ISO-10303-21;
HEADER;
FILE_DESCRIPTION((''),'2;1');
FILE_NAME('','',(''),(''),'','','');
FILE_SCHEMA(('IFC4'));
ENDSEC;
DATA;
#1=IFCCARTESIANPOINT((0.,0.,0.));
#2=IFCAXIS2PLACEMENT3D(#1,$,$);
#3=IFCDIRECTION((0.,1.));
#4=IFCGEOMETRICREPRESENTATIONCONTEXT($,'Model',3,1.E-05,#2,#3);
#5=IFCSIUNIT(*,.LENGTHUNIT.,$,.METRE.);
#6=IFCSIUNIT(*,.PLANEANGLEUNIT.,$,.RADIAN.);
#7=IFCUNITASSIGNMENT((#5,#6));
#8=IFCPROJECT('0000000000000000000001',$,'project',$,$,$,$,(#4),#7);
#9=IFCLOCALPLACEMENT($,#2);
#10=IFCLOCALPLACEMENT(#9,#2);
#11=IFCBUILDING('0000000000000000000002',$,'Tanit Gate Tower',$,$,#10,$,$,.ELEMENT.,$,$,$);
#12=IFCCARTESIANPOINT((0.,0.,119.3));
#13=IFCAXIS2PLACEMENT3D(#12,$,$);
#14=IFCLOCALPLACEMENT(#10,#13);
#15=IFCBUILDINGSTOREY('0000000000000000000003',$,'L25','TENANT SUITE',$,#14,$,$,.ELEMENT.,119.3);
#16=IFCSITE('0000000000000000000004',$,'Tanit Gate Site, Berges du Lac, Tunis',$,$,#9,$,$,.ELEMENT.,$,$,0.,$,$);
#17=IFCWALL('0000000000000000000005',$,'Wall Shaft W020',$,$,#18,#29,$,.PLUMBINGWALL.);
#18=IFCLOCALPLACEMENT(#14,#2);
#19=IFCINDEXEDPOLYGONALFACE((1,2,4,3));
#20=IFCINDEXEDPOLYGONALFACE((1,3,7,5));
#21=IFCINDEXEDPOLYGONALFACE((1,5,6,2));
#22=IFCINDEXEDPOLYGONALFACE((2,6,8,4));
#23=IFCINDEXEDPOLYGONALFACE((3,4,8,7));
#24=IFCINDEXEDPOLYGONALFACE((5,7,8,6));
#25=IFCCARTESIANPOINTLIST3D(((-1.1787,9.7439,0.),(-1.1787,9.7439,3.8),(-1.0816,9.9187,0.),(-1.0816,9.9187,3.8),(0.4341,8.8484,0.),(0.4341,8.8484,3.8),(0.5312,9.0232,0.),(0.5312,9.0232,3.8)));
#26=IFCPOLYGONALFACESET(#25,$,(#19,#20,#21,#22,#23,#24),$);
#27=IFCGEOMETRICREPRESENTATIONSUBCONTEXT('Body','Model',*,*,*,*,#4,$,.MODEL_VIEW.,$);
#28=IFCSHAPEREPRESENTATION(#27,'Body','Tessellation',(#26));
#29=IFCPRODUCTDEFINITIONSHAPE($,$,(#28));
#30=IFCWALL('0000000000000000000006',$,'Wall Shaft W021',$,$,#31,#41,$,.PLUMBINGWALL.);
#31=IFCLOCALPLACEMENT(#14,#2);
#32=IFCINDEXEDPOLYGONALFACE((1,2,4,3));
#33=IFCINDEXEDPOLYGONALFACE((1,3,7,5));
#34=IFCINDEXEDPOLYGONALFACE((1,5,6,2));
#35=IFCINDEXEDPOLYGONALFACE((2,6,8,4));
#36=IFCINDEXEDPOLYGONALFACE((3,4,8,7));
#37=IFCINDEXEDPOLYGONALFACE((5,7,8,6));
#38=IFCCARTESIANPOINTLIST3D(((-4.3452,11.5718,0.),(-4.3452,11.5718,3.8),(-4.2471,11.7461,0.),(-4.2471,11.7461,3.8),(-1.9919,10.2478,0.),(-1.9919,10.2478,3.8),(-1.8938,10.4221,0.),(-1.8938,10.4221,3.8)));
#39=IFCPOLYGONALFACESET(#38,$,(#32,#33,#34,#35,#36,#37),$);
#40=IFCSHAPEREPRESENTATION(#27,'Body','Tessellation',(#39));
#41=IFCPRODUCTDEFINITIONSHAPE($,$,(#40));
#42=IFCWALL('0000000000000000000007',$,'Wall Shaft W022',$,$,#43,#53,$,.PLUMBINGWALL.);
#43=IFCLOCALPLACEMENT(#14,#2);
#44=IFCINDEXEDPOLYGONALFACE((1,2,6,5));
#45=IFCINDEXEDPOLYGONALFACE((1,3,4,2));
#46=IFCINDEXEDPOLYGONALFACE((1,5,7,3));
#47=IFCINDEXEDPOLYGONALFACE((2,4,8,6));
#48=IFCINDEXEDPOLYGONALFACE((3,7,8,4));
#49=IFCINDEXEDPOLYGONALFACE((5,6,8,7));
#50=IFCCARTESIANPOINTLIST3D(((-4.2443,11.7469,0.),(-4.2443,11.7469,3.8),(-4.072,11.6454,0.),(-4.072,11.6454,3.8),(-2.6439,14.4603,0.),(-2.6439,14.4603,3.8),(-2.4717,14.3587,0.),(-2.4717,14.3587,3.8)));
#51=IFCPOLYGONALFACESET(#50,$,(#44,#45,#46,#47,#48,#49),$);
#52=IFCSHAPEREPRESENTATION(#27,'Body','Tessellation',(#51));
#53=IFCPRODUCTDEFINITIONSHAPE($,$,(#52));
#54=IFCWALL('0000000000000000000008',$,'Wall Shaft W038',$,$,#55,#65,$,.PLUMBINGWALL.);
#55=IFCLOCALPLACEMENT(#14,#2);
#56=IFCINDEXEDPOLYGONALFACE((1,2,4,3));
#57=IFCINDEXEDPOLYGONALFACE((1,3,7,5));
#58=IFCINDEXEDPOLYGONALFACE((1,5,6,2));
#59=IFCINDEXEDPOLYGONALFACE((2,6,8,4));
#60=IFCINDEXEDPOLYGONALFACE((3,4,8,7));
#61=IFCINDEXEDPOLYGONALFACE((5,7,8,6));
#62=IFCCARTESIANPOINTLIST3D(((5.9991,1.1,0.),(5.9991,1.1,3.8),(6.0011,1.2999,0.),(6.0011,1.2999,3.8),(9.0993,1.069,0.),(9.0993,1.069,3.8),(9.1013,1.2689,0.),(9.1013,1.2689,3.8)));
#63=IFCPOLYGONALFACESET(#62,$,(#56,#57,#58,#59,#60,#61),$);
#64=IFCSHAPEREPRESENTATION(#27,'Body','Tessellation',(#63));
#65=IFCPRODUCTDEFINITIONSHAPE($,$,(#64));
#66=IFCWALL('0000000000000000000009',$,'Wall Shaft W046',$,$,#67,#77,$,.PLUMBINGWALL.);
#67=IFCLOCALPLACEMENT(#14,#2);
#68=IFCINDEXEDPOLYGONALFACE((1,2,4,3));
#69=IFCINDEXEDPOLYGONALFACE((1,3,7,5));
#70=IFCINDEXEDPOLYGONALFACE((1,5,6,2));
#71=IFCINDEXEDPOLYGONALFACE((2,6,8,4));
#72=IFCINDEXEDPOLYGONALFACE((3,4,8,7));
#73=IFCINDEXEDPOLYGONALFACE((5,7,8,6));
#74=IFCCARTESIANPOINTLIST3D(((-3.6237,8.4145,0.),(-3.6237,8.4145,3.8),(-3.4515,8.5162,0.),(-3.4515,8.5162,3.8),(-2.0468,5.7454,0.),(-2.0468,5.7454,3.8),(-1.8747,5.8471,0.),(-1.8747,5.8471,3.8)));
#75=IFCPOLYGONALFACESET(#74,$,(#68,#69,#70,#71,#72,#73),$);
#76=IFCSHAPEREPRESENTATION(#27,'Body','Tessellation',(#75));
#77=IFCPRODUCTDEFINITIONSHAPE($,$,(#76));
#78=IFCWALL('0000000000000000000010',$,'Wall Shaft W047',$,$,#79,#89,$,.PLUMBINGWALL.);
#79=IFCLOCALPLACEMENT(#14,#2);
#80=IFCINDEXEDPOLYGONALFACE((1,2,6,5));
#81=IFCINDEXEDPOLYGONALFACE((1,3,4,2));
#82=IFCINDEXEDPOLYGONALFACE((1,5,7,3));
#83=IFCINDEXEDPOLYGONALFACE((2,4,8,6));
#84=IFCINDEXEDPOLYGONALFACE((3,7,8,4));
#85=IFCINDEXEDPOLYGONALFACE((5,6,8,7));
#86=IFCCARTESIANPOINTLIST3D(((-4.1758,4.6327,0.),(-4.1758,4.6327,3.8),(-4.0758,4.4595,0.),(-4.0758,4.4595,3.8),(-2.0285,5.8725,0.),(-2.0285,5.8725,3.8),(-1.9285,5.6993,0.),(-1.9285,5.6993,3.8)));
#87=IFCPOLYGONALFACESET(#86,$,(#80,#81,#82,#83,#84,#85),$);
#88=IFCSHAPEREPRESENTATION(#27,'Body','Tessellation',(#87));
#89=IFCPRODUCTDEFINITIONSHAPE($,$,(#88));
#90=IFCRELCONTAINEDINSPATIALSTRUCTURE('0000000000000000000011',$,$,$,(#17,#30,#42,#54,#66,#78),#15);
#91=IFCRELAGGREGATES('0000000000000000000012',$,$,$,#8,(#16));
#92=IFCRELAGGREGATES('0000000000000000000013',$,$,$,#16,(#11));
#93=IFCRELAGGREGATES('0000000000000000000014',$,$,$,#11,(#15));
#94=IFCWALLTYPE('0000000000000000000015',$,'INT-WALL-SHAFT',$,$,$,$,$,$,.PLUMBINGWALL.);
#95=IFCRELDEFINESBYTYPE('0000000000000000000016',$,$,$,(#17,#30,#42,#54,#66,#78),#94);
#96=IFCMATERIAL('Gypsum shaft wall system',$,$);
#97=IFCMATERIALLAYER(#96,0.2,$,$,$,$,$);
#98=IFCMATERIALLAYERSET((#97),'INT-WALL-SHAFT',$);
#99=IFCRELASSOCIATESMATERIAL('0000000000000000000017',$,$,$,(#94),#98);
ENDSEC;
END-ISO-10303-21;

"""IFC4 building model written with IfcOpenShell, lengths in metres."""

from ifc_helpers import new_model, si_unit, direction, frame, frame_2d, origin, place, context, subcontext, project, spatial, rectangle, extrude, material, layer, layer_set, type_object, element, save


model = new_model("IFC4")

# Units and contexts
model_context = context("Model", 3, precision=1e-05, world=origin(), true_north=direction((0.0, 1.0)))
body_context = subcontext(model_context, "Body", "Model", "MODEL_VIEW")
ifc_project = project(units=[si_unit("LENGTHUNIT", "METRE"), si_unit("PLANEANGLEUNIT", "RADIAN")], contexts=[model_context])

# Site, building, storey
site_placement = place(None, origin())
site = spatial("IfcSite", under=ifc_project, at=site_placement, Name="Tanit Gate Site, Berges du Lac, Tunis", CompositionType="ELEMENT", RefElevation=0.0)
building_placement = place(site_placement, origin())
building = spatial("IfcBuilding", under=site, at=building_placement, Name="Tanit Gate Tower", CompositionType="ELEMENT")
storey_placement = place(building_placement, frame((0.0, 0.0, 119.3)))
storey = spatial("IfcBuildingStorey", under=building, at=storey_placement, Name="L25", Description="TENANT SUITE", CompositionType="ELEMENT", Elevation=119.3)

# Walls
ifc_material_1 = material(Name="Gypsum shaft wall system")
ifc_layer_1 = layer(ifc_material_1, 0.2)
ifc_layer_set_1 = layer_set([ifc_layer_1], Name="INT-WALL-SHAFT")
wall_type_1 = type_object("IfcWallType", Name="INT-WALL-SHAFT", PredefinedType="PLUMBINGWALL", material=ifc_layer_set_1)
wall_1_placement = place(storey_placement, frame((0.4827, 8.9358, 0.0), z_axis=(0.0, 0.0, 1.0), x_axis=(-0.87427, 0.485441, 0.0)))
element("IfcWall", 1, at=wall_1_placement, inside=storey, type_object=wall_type_1, Name="Wall Shaft W020", PredefinedType="PLUMBINGWALL", context=body_context, shape_type="SweptSolid", body=[
    extrude(rectangle(XDim=1.8447, YDim=0.2, at=frame_2d((0.9224, 0.0))), origin(), (0.0, 0.0, 1.0), 3.8),
])
wall_2_placement = place(storey_placement, frame((-4.2961, 11.6589, 0.0), z_axis=(0.0, 0.0, 1.0), x_axis=(0.871534, -0.490334, 0.0)))
element("IfcWall", 2, at=wall_2_placement, inside=storey, type_object=wall_type_1, Name="Wall Shaft W021", PredefinedType="PLUMBINGWALL", context=body_context, shape_type="SweptSolid", body=[
    extrude(rectangle(XDim=2.7002, YDim=0.2, at=frame_2d((1.3501, 0.0))), origin(), (0.0, 0.0, 1.0), 3.8),
])
wall_3_placement = place(storey_placement, frame((-4.1582, 11.696, 0.0), z_axis=(0.0, 0.0, 1.0), x_axis=(0.508019, 0.861346, 0.0)))
element("IfcWall", 3, at=wall_3_placement, inside=storey, type_object=wall_type_1, Name="Wall Shaft W022", PredefinedType="PLUMBINGWALL", context=body_context, shape_type="SweptSolid", body=[
    extrude(rectangle(XDim=3.1501, YDim=0.2, at=frame_2d((1.5752, 0.0))), origin(), (0.0, 0.0, 1.0), 3.8),
])

# Walls
wall_4_placement = place(storey_placement, frame((6.0, 1.2, 0.0), z_axis=(0.0, 0.0, 1.0), x_axis=(0.99995, -0.010001, 0.0)))
element("IfcWall", 4, at=wall_4_placement, inside=storey, type_object=wall_type_1, Name="Wall Shaft W038", PredefinedType="PLUMBINGWALL", context=body_context, shape_type="SweptSolid", body=[
    extrude(rectangle(XDim=3.1003, YDim=0.2, at=frame_2d((1.5503, 0.0))), origin(), (0.0, 0.0, 1.0), 3.8),
])
wall_5_placement = place(storey_placement, frame((-3.5376, 8.4653, 0.0), z_axis=(0.0, 0.0, 1.0), x_axis=(0.508647, -0.860975, 0.0)))
element("IfcWall", 5, at=wall_5_placement, inside=storey, type_object=wall_type_1, Name="Wall Shaft W046", PredefinedType="PLUMBINGWALL", context=body_context, shape_type="SweptSolid", body=[
    extrude(rectangle(XDim=3.1001, YDim=0.2, at=frame_2d((1.55, 0.0))), origin(), (0.0, 0.0, 1.0), 3.8),
])
wall_6_placement = place(storey_placement, frame((-1.9785, 5.7859, 0.0), z_axis=(0.0, 0.0, 1.0), x_axis=(-0.866017, -0.500015, 0.0)))
element("IfcWall", 6, at=wall_6_placement, inside=storey, type_object=wall_type_1, Name="Wall Shaft W047", PredefinedType="PLUMBINGWALL", context=body_context, shape_type="SweptSolid", body=[
    extrude(rectangle(XDim=2.4795, YDim=0.2, at=frame_2d((1.2397, 0.0))), origin(), (0.0, 0.0, 1.0), 3.8),
])

save(model, "model.ifc")
